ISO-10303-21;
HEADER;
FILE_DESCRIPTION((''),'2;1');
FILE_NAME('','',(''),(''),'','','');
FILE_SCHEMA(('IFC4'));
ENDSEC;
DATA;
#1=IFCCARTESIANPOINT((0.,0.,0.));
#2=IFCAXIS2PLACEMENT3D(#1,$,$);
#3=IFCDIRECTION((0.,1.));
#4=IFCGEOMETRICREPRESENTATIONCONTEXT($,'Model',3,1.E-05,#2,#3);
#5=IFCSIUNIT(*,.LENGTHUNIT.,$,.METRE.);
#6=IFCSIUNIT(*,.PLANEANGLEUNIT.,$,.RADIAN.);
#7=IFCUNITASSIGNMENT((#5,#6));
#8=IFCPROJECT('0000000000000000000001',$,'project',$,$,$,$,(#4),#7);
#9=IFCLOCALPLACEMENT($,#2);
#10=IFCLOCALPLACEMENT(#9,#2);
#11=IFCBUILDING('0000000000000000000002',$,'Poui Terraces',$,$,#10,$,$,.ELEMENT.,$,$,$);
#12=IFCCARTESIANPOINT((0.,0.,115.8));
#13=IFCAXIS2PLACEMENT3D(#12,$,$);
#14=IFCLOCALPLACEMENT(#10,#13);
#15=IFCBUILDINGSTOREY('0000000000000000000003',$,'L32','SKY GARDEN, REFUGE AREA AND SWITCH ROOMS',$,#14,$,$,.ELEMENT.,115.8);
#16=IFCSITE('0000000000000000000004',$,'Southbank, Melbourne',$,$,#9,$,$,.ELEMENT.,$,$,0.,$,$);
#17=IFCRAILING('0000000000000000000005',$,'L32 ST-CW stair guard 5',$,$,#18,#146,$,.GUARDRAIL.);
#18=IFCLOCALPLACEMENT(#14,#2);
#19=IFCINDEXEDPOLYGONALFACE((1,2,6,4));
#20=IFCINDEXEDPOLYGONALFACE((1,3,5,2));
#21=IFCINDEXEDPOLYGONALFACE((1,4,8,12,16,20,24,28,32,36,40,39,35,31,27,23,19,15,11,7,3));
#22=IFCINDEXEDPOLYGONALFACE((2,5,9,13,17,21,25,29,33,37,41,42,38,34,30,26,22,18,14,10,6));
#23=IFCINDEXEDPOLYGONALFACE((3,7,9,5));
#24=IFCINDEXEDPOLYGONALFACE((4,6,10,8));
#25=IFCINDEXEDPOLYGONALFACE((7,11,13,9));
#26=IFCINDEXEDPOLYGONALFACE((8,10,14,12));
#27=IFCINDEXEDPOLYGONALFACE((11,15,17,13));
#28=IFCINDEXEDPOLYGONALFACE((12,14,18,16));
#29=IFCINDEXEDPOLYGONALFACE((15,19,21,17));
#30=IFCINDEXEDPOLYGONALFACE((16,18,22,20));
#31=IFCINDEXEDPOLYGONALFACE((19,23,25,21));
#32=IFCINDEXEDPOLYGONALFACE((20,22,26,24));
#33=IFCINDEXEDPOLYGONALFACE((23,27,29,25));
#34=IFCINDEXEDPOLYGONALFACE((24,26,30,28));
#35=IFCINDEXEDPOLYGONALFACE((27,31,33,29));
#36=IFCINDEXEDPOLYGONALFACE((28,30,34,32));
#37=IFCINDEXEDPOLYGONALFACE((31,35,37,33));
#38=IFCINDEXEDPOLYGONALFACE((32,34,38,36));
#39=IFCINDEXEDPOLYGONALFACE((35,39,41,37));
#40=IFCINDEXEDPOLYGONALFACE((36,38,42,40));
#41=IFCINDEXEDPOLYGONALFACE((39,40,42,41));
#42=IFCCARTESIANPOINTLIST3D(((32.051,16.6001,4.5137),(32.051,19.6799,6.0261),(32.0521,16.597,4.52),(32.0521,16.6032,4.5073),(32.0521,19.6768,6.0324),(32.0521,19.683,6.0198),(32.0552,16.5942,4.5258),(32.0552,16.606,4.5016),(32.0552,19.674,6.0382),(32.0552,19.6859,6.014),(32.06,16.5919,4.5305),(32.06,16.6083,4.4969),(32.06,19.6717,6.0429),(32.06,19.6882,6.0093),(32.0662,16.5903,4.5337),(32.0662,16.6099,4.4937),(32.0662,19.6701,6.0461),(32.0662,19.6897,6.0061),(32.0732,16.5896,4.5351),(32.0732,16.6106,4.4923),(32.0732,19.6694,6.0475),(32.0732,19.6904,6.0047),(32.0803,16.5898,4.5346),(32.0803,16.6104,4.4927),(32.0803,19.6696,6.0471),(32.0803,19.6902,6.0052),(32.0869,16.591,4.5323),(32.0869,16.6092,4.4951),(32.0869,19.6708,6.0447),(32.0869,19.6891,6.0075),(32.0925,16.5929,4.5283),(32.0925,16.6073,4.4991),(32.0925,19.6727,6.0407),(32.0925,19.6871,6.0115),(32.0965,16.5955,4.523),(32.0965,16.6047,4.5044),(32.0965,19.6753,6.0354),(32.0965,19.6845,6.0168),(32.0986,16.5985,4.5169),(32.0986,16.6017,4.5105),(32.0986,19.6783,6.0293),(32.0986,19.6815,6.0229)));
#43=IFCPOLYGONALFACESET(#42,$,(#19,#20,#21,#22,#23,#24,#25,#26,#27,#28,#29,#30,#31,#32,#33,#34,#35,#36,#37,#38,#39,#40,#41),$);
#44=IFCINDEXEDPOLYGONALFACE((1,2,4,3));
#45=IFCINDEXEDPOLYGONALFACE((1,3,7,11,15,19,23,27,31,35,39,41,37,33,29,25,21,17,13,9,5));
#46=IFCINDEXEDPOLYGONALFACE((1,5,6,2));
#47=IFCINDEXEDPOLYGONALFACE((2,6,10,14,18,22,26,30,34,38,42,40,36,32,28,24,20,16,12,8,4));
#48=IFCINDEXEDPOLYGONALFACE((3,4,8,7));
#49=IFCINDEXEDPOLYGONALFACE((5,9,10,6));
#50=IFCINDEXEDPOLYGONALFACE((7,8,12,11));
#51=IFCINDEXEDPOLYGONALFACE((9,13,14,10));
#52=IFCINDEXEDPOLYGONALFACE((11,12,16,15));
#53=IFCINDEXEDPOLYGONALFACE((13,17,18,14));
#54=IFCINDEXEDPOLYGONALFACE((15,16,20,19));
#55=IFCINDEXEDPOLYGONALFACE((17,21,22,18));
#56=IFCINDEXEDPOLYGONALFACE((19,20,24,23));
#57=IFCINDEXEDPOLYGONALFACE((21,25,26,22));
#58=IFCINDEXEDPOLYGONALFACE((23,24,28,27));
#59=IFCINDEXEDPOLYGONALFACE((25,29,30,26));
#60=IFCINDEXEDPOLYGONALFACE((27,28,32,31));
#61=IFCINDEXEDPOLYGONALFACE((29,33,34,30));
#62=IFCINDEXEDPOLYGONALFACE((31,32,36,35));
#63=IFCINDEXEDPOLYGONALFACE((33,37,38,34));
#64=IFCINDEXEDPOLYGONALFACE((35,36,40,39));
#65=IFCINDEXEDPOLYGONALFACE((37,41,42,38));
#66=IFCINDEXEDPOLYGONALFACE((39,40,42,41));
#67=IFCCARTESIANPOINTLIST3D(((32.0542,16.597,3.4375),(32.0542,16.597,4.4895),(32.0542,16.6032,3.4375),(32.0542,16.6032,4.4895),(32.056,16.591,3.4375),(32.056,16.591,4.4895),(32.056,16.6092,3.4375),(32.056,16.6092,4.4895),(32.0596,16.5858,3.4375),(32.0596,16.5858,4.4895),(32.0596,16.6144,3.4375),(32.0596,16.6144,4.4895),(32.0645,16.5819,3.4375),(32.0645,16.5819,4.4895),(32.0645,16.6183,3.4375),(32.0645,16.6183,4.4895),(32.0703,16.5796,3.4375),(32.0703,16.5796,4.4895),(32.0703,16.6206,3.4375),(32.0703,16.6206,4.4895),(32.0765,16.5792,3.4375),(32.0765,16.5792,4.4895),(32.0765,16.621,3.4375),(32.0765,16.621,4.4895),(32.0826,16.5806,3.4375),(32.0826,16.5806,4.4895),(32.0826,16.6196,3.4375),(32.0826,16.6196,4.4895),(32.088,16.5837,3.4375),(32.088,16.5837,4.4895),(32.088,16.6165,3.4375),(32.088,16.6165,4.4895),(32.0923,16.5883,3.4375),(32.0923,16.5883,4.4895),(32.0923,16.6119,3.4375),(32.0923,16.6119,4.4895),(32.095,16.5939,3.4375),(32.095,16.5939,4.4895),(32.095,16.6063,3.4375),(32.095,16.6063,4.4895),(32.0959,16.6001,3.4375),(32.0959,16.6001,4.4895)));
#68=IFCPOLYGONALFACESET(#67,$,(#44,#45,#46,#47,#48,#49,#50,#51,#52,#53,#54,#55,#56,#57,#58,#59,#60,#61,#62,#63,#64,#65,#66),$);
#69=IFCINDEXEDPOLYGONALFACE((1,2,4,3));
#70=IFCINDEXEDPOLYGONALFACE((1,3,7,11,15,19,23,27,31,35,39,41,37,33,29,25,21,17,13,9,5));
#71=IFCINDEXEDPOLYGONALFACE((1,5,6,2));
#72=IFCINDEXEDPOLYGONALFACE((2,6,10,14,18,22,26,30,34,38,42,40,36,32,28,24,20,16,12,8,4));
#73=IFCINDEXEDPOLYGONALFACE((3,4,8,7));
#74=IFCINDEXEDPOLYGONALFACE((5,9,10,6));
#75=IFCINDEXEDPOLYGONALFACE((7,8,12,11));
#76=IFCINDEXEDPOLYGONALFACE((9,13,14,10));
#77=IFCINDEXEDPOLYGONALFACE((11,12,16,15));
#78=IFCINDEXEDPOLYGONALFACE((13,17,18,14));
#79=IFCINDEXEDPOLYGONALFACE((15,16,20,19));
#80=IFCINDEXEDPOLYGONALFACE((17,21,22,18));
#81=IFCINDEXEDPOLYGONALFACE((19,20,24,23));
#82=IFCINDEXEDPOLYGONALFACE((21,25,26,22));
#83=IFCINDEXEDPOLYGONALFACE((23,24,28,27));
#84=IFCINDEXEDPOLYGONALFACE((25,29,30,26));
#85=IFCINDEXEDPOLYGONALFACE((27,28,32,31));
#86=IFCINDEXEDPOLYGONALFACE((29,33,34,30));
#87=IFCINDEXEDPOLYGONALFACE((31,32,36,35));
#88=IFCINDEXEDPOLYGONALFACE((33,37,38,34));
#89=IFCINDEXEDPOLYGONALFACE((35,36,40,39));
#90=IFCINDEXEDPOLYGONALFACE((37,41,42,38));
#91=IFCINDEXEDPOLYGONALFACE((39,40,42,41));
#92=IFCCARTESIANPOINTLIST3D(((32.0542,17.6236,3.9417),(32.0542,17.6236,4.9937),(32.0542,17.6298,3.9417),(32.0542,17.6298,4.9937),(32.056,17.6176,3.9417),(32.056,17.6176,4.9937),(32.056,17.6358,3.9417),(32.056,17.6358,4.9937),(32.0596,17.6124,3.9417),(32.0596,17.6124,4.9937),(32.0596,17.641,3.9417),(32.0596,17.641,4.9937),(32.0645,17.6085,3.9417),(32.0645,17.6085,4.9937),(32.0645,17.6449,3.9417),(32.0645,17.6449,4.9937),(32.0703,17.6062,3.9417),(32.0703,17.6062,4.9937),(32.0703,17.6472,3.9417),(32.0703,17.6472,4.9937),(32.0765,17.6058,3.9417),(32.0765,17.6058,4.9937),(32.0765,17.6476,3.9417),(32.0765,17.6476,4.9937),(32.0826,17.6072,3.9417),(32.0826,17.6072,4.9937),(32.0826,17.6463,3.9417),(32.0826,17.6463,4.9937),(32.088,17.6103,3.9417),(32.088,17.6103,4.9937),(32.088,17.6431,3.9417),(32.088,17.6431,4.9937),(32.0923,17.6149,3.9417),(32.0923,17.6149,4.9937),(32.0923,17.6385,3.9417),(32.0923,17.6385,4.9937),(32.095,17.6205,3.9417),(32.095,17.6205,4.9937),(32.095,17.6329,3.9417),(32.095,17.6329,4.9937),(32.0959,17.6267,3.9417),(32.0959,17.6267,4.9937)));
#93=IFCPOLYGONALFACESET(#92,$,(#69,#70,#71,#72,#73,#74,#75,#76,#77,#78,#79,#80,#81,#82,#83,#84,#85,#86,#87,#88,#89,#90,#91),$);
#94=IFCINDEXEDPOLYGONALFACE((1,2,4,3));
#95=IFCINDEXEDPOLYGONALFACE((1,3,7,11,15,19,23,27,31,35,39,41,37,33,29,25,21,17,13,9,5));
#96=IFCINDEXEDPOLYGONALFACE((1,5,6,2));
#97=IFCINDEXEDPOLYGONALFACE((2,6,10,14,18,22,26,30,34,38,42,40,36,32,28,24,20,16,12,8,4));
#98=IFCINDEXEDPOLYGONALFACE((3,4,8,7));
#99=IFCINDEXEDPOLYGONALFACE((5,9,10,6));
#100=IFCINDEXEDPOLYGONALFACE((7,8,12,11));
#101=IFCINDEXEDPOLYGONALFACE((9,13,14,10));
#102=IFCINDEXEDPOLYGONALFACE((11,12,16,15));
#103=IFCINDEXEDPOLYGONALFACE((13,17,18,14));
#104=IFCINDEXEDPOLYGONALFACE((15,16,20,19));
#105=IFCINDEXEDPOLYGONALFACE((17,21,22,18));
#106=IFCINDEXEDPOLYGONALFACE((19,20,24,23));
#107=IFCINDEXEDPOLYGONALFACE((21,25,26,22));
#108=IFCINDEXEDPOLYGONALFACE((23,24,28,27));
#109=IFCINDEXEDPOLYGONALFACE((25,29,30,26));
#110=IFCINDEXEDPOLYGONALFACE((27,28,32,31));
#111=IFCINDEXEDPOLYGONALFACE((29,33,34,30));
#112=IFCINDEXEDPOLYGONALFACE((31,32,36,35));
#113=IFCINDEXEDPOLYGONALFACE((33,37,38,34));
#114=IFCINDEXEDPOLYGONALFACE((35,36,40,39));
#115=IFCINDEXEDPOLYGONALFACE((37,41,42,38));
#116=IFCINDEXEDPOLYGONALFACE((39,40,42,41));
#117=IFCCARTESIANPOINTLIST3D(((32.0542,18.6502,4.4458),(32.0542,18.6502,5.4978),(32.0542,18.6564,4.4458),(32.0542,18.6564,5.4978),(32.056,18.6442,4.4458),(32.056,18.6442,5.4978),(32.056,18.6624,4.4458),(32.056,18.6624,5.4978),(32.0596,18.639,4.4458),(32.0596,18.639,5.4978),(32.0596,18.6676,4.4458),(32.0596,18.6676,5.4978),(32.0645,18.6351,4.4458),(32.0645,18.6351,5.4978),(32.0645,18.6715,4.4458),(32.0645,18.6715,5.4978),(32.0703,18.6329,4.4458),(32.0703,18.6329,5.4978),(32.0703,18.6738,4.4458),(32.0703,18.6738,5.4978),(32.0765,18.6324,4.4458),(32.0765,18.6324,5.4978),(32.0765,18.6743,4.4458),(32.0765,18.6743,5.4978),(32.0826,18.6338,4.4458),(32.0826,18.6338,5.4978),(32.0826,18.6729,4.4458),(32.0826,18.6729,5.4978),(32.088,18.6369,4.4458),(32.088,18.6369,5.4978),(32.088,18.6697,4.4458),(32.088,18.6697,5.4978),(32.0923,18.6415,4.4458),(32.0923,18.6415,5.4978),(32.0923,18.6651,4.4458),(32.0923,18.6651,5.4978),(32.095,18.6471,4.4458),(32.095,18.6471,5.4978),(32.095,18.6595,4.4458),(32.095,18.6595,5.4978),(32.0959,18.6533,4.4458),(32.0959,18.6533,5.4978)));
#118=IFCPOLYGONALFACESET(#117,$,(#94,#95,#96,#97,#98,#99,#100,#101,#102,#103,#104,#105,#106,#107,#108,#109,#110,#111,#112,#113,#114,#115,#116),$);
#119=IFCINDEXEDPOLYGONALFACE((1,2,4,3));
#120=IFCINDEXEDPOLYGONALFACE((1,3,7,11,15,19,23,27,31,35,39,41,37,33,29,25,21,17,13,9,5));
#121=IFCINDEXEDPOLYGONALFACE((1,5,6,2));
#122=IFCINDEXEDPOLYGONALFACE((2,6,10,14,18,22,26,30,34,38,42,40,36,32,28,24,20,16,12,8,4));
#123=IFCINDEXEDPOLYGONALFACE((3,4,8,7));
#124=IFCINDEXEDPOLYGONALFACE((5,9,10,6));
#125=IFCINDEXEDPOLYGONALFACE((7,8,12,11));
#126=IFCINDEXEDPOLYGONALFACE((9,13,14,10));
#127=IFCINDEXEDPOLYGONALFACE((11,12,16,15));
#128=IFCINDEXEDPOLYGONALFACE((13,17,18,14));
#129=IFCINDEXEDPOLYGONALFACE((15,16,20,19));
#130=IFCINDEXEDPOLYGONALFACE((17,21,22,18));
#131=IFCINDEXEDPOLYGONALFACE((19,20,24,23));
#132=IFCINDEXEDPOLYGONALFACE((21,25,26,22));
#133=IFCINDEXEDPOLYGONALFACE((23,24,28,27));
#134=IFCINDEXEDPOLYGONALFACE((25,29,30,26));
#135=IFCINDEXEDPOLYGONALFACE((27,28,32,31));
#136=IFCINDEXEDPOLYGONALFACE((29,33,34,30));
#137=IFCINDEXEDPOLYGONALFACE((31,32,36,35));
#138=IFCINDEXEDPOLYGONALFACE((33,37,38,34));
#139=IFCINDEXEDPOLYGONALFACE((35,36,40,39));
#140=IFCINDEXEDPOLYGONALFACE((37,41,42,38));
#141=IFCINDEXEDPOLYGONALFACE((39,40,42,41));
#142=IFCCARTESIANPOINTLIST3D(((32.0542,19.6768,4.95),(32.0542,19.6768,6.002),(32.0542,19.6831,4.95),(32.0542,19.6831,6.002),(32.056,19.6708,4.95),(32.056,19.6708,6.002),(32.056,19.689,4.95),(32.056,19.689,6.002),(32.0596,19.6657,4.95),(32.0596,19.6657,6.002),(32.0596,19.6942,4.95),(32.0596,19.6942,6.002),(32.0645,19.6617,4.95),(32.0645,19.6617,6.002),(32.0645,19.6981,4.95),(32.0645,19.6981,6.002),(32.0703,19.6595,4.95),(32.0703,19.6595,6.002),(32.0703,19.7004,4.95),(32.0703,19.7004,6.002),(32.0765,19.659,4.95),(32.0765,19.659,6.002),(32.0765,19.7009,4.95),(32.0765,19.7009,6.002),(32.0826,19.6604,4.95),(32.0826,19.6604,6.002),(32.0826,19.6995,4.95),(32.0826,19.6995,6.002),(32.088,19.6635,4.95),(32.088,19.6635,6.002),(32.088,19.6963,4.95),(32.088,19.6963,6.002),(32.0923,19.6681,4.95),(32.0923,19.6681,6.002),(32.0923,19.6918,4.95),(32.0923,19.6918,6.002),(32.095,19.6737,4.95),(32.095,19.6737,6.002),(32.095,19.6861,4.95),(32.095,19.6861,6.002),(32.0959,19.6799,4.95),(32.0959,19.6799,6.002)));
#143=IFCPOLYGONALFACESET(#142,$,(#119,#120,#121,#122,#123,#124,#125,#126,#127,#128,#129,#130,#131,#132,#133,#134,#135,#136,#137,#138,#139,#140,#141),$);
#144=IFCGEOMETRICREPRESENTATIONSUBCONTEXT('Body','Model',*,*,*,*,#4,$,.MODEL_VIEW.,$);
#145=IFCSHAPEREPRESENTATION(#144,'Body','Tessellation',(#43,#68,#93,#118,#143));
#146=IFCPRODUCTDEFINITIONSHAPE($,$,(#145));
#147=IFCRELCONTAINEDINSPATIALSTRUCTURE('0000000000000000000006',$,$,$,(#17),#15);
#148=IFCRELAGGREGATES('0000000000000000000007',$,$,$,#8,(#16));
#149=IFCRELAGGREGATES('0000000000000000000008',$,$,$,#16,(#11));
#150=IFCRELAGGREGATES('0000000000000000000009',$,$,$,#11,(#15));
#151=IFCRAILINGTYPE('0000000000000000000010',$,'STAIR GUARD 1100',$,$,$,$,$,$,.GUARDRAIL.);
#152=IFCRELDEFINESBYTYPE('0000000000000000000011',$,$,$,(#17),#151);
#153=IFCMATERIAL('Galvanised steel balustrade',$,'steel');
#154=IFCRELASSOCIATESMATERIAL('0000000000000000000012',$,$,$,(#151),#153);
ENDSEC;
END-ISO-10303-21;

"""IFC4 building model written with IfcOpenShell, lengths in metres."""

from ifc_helpers import new_model, si_unit, direction, frame, origin, origin_2d, place, context, subcontext, project, spatial, circle, extrude, material, type_object, element, save


model = new_model("IFC4")

# Units and contexts
model_context = context("Model", 3, precision=1e-05, world=origin(), true_north=direction((0.0, 1.0)))
body_context = subcontext(model_context, "Body", "Model", "MODEL_VIEW")
ifc_project = project(units=[si_unit("LENGTHUNIT", "METRE"), si_unit("PLANEANGLEUNIT", "RADIAN")], contexts=[model_context])

# Site, building, storey
site_placement = place(None, origin())
site = spatial("IfcSite", under=ifc_project, at=site_placement, Name="Southbank, Melbourne", CompositionType="ELEMENT", RefElevation=0.0)
building_placement = place(site_placement, origin())
building = spatial("IfcBuilding", under=site, at=building_placement, Name="Poui Terraces", CompositionType="ELEMENT")
storey_placement = place(building_placement, frame((0.0, 0.0, 115.8)))
storey = spatial("IfcBuildingStorey", under=building, at=storey_placement, Name="L32", Description="SKY GARDEN, REFUGE AREA AND SWITCH ROOMS", CompositionType="ELEMENT", Elevation=115.8)

# Railing
ifc_material_1 = material(Name="Galvanised steel balustrade", Category="steel")
railing_type = type_object("IfcRailingType", Name="STAIR GUARD 1100", PredefinedType="GUARDRAIL", material=ifc_material_1)
railing_1_placement = place(storey_placement, frame((32.075, 16.6001, 3.4375)))
element("IfcRailing", 1, at=railing_1_placement, inside=storey, type_object=railing_type, Name="L32 ST-CW stair guard 5", PredefinedType="GUARDRAIL", context=body_context, shape_type="SweptSolid", body=[
    extrude(circle(Radius=0.0239, at=origin_2d()), frame((0.0, 0.0, 1.0762), z_axis=(0.0, 0.897606, 0.440798), x_axis=(-1.0, 0.0, 0.0)), (0.0, 0.0, 1.0), 3.4312),
    extrude(circle(Radius=0.021, at=origin_2d()), origin(), (0.0, 0.0, 1.0), 1.052),
    extrude(circle(Radius=0.021, at=origin_2d()), frame((0.0, 1.0266, 0.5042)), (0.0, 0.0, 1.0), 1.052),
    extrude(circle(Radius=0.021, at=origin_2d()), frame((0.0, 2.0532, 1.0083)), (0.0, 0.0, 1.0), 1.052),
    extrude(circle(Radius=0.021, at=origin_2d()), frame((0.0, 3.0798, 1.5125)), (0.0, 0.0, 1.0), 1.052),
])

save(model, "model.ifc")
